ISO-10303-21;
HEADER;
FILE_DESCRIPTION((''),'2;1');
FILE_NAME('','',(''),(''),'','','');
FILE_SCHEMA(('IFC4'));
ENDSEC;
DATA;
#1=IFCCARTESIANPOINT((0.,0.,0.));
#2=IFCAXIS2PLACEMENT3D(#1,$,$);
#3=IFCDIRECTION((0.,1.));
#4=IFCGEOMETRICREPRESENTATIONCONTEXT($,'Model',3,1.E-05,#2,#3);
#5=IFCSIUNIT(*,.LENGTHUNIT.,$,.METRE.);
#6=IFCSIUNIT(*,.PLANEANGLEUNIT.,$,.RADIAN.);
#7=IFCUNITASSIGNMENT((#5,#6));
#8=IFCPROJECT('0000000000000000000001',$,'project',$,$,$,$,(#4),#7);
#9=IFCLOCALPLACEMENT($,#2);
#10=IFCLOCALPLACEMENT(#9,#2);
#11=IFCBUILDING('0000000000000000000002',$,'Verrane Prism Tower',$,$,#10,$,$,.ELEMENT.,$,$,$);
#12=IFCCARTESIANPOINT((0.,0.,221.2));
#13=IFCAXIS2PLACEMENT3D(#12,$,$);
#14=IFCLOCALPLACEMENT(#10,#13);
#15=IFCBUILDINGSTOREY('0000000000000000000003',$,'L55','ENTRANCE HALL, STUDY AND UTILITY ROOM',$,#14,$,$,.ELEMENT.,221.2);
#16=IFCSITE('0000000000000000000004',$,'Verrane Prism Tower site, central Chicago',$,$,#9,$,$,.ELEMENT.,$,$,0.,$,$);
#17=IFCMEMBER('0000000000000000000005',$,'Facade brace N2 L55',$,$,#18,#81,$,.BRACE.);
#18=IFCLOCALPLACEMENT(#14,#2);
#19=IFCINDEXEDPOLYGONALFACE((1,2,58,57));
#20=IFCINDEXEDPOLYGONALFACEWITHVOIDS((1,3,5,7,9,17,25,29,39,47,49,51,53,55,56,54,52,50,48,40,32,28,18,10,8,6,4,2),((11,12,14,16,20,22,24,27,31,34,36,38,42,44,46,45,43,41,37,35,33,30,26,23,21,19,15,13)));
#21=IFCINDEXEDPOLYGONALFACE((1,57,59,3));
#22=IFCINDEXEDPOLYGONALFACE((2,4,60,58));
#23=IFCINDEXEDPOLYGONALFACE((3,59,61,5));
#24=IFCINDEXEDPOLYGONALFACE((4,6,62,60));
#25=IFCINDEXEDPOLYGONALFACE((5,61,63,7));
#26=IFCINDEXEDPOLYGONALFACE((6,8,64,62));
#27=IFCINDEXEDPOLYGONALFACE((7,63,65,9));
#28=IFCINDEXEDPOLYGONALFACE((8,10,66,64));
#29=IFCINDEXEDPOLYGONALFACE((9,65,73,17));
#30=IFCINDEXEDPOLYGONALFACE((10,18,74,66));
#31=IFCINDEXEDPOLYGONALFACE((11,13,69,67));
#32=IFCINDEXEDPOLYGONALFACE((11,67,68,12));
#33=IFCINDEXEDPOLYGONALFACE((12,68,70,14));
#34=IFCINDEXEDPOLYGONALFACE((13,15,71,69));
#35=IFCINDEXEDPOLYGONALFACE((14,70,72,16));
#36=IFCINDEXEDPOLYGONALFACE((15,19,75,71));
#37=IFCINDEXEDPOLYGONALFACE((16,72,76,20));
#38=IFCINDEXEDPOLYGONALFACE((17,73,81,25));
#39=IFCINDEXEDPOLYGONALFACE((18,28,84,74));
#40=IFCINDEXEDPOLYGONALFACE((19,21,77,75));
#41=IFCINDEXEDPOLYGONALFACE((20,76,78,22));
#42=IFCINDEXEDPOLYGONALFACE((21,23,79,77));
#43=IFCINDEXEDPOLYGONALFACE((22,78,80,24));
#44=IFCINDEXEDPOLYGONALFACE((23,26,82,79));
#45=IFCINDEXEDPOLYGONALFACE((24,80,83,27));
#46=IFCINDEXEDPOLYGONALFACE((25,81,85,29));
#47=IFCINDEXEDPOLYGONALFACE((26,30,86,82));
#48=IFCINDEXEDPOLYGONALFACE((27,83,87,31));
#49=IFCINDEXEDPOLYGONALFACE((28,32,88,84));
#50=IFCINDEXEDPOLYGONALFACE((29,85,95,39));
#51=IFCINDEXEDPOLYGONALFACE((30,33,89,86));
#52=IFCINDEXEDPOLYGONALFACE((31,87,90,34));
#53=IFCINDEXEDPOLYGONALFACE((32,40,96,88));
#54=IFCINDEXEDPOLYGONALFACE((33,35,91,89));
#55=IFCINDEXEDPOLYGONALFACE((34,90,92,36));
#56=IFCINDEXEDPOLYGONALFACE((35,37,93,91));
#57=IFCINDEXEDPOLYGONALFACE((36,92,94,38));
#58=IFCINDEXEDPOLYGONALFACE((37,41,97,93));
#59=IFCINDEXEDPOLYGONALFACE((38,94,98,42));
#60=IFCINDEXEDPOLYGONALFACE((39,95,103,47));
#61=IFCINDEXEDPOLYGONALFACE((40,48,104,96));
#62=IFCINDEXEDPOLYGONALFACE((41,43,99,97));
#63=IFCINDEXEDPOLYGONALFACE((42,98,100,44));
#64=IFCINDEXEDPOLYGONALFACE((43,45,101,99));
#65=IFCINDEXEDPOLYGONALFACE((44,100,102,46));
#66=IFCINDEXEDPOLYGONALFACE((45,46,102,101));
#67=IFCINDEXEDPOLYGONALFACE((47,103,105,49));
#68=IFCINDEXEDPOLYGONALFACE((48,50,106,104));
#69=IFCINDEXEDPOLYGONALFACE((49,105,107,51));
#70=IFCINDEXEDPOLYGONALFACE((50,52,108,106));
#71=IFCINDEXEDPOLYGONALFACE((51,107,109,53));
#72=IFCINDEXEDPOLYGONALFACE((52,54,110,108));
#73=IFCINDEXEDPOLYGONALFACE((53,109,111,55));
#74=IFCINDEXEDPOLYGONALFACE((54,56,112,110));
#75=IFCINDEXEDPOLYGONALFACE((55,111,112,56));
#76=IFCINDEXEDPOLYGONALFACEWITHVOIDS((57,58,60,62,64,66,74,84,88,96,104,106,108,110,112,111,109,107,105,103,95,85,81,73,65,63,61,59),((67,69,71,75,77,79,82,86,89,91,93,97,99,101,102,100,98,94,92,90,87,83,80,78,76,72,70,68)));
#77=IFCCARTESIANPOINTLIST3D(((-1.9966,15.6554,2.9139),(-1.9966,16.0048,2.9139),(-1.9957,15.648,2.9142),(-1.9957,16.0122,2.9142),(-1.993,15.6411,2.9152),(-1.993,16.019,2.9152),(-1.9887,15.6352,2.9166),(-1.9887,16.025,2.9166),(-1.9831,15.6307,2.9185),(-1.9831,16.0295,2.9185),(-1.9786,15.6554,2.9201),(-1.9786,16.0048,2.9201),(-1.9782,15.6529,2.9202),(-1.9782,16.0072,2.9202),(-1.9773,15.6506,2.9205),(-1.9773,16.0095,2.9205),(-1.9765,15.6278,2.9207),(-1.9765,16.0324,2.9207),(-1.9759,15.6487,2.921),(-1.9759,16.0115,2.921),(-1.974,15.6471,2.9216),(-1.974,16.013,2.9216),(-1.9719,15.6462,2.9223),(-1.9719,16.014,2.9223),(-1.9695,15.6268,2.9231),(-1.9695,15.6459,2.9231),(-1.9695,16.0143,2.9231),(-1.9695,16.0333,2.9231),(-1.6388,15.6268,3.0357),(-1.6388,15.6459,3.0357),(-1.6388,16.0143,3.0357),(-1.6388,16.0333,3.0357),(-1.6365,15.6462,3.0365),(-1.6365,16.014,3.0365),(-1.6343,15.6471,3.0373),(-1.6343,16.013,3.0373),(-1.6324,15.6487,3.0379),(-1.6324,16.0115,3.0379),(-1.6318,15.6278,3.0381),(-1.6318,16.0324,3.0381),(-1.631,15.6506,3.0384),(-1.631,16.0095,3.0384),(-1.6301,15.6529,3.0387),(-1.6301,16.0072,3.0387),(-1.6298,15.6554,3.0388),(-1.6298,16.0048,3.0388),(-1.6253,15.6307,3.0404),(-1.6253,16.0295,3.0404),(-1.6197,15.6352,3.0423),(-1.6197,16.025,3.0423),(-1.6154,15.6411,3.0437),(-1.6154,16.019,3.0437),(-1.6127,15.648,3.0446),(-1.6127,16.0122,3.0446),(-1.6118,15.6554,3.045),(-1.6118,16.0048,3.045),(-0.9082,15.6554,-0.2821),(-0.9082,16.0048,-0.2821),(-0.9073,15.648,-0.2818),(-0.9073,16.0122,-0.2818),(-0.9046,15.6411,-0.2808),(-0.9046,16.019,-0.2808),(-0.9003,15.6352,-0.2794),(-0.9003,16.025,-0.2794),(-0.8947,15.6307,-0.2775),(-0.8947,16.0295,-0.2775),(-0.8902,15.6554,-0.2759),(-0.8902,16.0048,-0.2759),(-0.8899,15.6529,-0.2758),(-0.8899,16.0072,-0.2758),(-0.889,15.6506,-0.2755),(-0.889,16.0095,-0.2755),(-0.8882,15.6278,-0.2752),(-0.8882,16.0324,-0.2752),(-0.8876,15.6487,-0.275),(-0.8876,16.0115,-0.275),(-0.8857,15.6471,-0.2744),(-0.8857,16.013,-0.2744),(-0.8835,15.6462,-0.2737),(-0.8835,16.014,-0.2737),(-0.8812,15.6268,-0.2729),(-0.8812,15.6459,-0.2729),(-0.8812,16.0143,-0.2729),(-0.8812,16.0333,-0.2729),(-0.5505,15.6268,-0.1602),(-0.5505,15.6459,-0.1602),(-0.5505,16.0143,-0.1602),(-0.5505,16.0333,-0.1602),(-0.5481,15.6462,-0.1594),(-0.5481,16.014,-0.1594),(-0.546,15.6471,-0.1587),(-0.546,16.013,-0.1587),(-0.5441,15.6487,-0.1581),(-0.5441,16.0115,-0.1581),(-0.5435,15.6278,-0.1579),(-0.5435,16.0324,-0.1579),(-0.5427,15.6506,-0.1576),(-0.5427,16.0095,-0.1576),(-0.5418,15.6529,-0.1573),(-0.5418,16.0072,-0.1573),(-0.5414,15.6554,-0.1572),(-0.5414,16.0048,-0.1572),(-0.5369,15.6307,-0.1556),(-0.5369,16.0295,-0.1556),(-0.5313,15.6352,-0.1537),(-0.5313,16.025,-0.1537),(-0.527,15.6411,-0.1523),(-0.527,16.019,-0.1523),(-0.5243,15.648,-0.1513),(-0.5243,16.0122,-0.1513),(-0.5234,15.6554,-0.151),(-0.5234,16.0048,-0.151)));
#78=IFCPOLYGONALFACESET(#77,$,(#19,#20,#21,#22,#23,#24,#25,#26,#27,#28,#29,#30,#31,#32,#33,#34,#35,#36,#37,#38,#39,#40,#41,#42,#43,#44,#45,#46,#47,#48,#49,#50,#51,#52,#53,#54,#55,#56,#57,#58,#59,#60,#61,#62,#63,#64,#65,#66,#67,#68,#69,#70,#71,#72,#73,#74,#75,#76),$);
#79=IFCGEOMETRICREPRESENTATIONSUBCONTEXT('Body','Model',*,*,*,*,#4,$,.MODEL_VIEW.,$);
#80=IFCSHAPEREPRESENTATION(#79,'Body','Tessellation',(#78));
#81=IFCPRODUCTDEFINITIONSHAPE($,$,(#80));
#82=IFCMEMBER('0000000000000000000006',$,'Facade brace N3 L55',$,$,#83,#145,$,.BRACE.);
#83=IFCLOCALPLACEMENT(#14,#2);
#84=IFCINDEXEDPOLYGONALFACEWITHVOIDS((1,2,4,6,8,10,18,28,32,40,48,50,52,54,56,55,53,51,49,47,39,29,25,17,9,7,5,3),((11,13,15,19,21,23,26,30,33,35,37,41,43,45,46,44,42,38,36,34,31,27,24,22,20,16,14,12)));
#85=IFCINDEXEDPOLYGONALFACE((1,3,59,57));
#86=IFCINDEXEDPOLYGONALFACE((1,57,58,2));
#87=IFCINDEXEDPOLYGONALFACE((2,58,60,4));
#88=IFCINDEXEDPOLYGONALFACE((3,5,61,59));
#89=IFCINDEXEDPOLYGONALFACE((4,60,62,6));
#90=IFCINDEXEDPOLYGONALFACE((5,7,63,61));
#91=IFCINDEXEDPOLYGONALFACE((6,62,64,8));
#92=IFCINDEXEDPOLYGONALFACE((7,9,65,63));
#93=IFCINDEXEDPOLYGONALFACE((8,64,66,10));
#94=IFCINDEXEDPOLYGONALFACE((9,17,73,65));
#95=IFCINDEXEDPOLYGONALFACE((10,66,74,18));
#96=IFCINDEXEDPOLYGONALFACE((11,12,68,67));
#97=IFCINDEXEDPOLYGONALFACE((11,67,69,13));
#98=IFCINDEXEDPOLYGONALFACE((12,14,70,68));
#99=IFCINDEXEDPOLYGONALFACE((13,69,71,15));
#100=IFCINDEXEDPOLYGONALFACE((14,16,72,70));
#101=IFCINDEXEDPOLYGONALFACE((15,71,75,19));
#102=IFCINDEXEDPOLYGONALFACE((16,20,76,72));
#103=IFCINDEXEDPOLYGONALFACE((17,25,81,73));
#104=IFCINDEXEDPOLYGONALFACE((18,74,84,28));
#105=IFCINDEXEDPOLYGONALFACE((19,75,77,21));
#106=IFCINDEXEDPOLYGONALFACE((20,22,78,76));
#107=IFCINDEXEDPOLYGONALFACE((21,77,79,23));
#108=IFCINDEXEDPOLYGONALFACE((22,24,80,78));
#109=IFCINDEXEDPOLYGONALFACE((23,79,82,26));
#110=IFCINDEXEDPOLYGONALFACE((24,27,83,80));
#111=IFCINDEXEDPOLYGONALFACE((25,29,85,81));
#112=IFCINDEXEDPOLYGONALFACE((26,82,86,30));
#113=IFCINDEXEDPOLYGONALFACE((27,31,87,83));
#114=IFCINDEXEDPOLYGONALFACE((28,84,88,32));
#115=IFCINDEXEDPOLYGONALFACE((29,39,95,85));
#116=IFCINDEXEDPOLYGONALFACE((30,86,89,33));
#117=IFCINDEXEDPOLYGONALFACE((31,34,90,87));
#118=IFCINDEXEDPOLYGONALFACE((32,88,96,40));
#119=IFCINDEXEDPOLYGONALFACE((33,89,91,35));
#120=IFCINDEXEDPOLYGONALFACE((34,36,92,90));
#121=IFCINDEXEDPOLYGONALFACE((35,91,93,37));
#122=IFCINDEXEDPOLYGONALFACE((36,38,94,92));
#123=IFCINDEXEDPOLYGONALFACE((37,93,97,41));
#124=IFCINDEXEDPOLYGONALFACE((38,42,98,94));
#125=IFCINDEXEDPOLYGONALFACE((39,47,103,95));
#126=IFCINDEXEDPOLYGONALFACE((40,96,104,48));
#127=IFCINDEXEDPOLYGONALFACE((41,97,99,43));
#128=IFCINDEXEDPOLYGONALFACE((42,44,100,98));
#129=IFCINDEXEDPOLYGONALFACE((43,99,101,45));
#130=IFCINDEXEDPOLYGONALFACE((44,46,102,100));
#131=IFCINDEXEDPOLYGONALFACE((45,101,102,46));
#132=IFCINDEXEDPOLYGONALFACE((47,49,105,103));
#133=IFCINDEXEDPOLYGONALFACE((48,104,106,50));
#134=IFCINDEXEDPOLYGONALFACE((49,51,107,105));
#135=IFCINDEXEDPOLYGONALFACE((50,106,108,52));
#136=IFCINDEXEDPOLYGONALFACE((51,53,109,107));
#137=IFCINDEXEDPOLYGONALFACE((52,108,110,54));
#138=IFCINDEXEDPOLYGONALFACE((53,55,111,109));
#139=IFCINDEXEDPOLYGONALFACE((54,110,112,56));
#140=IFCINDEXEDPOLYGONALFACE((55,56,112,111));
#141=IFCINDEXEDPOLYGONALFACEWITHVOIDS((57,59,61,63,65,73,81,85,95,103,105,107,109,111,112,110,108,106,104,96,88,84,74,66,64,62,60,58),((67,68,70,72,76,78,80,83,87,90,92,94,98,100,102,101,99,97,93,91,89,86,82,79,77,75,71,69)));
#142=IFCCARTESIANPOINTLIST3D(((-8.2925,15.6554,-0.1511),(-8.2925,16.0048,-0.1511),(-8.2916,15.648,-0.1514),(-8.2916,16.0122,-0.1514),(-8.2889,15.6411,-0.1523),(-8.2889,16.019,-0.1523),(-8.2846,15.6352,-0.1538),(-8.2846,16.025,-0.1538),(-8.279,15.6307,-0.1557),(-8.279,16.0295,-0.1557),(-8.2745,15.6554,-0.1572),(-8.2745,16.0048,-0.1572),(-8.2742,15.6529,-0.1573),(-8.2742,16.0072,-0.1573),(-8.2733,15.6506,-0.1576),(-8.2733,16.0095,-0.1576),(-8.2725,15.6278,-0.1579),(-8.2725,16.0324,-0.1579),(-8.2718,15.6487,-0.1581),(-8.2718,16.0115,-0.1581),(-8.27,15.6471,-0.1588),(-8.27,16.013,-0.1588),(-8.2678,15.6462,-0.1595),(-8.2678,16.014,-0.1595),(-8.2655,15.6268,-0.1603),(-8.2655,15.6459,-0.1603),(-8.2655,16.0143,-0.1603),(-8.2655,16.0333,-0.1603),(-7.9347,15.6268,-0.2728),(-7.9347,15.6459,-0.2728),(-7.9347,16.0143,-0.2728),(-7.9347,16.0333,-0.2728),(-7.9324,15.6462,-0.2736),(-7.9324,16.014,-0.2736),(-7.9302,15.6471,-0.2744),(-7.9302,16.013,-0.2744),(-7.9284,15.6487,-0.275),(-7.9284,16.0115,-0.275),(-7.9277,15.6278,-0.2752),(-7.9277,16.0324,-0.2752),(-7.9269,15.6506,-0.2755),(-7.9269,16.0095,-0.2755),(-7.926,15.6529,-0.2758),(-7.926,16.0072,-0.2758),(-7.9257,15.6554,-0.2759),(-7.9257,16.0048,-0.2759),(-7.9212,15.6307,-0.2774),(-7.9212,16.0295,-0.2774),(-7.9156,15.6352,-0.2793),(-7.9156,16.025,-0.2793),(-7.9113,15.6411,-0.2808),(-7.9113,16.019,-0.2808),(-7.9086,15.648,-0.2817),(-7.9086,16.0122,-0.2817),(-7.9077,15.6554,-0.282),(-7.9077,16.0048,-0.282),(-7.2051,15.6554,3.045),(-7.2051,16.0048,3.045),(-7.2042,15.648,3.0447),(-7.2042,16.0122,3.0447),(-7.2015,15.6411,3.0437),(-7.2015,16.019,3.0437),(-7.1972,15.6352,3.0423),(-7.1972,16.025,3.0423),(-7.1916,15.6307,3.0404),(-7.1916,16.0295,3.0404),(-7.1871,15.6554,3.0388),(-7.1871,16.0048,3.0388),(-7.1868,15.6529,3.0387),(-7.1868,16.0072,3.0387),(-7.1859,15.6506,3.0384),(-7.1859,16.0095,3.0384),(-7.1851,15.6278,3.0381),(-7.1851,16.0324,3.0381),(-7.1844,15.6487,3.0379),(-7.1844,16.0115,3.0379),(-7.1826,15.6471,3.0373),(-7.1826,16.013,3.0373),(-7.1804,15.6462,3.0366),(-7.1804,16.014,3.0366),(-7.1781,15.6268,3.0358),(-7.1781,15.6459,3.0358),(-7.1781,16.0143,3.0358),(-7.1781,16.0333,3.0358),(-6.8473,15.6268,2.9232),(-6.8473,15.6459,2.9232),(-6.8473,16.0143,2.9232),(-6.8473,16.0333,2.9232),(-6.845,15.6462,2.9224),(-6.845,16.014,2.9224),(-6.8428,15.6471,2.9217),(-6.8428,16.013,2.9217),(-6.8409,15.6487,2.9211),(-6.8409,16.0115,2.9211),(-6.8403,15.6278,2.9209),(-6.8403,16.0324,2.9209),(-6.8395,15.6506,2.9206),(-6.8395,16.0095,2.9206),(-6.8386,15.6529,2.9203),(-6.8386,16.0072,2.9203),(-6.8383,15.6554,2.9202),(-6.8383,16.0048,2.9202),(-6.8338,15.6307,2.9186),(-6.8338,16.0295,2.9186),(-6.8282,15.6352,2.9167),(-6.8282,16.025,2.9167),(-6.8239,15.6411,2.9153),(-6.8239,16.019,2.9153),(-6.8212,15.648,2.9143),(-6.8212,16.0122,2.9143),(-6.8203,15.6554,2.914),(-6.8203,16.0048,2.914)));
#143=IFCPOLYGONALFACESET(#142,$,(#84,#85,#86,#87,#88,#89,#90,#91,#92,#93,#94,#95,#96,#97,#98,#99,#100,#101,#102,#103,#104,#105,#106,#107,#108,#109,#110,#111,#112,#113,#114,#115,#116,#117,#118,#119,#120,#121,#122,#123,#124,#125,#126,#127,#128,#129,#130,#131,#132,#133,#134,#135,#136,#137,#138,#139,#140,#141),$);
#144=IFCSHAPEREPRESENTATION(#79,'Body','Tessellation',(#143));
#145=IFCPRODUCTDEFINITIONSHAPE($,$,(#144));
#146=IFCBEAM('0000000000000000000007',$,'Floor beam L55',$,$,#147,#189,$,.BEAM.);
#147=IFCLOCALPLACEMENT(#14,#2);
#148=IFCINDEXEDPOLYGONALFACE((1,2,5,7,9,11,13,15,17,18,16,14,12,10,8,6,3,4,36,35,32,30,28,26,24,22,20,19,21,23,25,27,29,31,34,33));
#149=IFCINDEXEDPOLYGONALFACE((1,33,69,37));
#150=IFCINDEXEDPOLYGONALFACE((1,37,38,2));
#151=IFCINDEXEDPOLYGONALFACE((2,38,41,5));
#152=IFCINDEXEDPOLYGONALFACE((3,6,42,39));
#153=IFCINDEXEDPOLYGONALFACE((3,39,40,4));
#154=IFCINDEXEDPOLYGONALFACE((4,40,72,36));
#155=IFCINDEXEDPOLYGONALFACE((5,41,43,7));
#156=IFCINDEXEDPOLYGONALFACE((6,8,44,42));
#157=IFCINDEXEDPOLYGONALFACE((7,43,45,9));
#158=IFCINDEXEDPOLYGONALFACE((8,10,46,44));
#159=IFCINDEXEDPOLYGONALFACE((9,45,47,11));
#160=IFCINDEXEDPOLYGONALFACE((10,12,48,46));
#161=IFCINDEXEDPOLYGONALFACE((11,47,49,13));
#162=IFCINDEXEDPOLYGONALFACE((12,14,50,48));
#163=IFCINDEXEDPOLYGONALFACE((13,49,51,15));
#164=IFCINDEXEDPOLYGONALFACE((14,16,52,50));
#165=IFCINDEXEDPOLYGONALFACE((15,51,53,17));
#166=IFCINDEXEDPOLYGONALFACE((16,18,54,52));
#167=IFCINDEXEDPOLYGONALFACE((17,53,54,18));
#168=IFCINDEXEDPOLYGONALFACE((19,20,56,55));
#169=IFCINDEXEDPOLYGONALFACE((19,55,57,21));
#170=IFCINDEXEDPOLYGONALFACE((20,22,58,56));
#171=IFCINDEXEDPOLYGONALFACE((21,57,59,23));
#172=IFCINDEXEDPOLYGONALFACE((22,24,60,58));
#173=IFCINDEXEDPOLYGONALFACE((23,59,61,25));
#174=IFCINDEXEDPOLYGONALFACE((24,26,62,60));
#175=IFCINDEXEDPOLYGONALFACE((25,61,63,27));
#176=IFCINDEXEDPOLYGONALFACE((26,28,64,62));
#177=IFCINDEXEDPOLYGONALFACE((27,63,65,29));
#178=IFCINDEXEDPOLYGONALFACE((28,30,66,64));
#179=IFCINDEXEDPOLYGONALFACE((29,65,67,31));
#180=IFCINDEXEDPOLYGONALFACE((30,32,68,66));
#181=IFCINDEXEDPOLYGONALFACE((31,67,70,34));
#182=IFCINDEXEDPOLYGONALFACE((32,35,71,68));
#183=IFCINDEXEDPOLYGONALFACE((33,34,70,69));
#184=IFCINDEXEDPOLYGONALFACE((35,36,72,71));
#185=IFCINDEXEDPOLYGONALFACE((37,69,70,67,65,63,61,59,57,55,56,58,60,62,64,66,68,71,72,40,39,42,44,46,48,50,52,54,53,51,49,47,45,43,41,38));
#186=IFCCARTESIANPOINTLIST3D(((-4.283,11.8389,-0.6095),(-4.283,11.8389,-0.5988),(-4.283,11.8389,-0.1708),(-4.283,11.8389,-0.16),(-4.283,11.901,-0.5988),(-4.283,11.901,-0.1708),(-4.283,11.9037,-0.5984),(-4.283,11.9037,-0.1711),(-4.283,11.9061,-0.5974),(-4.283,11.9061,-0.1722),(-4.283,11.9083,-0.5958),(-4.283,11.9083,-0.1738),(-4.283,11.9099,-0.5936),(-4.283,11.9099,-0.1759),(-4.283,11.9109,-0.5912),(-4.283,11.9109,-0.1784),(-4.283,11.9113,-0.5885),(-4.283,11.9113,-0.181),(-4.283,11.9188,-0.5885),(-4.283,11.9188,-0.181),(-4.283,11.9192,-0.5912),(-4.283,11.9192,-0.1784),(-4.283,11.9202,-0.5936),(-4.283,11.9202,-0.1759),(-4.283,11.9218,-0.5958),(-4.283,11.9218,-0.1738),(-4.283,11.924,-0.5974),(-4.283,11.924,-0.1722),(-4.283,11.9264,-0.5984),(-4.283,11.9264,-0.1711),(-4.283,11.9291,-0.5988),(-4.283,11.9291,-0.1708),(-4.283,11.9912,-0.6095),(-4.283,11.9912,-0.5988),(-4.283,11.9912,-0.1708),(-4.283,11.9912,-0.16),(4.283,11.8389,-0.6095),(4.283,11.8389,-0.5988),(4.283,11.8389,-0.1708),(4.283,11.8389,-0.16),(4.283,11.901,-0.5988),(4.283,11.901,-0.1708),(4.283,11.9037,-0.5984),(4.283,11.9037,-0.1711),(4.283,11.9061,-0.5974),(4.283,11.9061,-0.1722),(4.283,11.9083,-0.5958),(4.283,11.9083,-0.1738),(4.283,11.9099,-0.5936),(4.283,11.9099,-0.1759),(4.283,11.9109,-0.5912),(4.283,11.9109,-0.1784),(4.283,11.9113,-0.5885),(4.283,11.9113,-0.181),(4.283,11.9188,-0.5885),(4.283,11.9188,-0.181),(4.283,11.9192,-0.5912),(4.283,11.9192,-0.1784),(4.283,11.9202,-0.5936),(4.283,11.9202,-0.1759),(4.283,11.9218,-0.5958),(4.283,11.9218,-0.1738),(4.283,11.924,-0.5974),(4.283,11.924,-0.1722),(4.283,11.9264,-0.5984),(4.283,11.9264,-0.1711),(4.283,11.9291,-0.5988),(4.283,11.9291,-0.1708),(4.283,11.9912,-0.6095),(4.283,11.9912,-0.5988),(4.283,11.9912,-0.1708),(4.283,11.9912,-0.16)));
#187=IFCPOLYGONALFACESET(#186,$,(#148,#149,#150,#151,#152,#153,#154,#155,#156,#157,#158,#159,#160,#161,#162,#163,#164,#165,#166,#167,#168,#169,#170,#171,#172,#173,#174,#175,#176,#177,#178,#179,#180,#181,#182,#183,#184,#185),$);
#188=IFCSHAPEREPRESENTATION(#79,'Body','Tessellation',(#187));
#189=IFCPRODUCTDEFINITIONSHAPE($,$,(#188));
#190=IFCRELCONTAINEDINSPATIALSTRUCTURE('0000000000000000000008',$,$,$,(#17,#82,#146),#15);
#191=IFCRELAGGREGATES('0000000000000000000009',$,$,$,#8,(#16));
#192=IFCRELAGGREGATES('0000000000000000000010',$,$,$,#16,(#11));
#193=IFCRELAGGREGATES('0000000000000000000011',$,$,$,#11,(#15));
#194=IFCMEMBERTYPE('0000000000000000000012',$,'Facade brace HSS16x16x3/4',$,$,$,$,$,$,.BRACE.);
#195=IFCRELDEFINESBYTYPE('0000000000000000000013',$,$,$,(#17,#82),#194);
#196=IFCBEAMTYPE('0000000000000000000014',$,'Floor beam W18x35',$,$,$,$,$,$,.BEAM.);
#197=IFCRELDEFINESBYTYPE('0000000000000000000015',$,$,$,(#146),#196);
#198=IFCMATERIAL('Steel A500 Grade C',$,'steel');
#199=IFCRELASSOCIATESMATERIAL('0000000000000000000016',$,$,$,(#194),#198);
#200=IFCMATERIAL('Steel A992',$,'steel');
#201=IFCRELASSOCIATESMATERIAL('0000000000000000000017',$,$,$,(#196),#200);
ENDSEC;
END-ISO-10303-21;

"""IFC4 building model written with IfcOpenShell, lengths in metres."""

from ifc_helpers import new_model, si_unit, direction, frame, origin, origin_2d, place, context, subcontext, project, spatial, hollow_rectangle, i_section, extrude, material, material_profile, profile_set, type_object, element, save


model = new_model("IFC4")

# Units and contexts
model_context = context("Model", 3, precision=1e-05, world=origin(), true_north=direction((0.0, 1.0)))
body_context = subcontext(model_context, "Body", "Model", "MODEL_VIEW")
ifc_project = project(units=[si_unit("LENGTHUNIT", "METRE"), si_unit("PLANEANGLEUNIT", "RADIAN")], contexts=[model_context])

# Site, building, storey
site_placement = place(None, origin())
site = spatial("IfcSite", under=ifc_project, at=site_placement, Name="Verrane Prism Tower site, central Chicago", CompositionType="ELEMENT", RefElevation=0.0)
building_placement = place(site_placement, origin())
building = spatial("IfcBuilding", under=site, at=building_placement, Name="Verrane Prism Tower", CompositionType="ELEMENT")
storey_placement = place(building_placement, frame((0.0, 0.0, 221.2)))
storey = spatial("IfcBuildingStorey", under=building, at=storey_placement, Name="L55", Description="ENTRANCE HALL, STUDY AND UTILITY ROOM", CompositionType="ELEMENT", Elevation=221.2)

# Members
ifc_material_1 = material(Name="Steel A500 Grade C", Category="steel")
ifc_material_profile_1 = material_profile(ifc_material_1, hollow_rectangle(XDim=0.4065, YDim=0.4065, WallThickness=0.019, InnerFilletRadius=0.0095, OuterFilletRadius=0.0286, at=origin_2d()), Name="HSS16x16x3/4")
ifc_profile_set_1 = profile_set([ifc_material_profile_1], Name="Steel A500 Grade C")
member_type_1 = type_object("IfcMemberType", Name="Facade brace HSS16x16x3/4", PredefinedType="BRACE", material=ifc_profile_set_1)
member_1_placement = place(storey_placement, frame((-0.7158, 15.8301, -0.2166), z_axis=(-0.32236, 0.0, 0.946617), x_axis=(0.0, -1.0, 0.0)))
element("IfcMember", 1, at=member_1_placement, inside=storey, type_object=member_type_1, Name="Facade brace N2 L55", PredefinedType="BRACE", context=body_context, shape_type="SweptSolid", body=[
    extrude(hollow_rectangle(XDim=0.4065, YDim=0.4065, WallThickness=0.019, InnerFilletRadius=0.0095, OuterFilletRadius=0.0286, at=origin_2d()), origin(), (0.0, 0.0, 1.0), 3.3762),
])
member_2_placement = place(storey_placement, frame((-8.1001, 15.8301, -0.2166), z_axis=(0.322101, 0.0, 0.946705), x_axis=(0.0, 1.0, 0.0)))
element("IfcMember", 2, at=member_2_placement, inside=storey, type_object=member_type_1, Name="Facade brace N3 L55", PredefinedType="BRACE", context=body_context, shape_type="SweptSolid", body=[
    extrude(hollow_rectangle(XDim=0.4065, YDim=0.4065, WallThickness=0.019, InnerFilletRadius=0.0095, OuterFilletRadius=0.0286, at=origin_2d()), origin(), (0.0, 0.0, 1.0), 3.376),
])

# Beam
ifc_material_2 = material(Name="Steel A992", Category="steel")
ifc_material_profile_2 = material_profile(ifc_material_2, i_section(OverallWidth=0.1523, OverallDepth=0.4495, WebThickness=0.0076, FlangeThickness=0.0107, FilletRadius=0.0103, at=origin_2d()), Name="W18x35")
ifc_profile_set_2 = profile_set([ifc_material_profile_2], Name="Steel A992")
beam_type_1 = type_object("IfcBeamType", Name="Floor beam W18x35", PredefinedType="BEAM", material=ifc_profile_set_2)
beam_1_placement = place(storey_placement, frame((-4.283, 11.915, -0.3848), z_axis=(1.0, 0.0, 0.0), x_axis=(0.0, 1.0, 0.0)))
element("IfcBeam", 3, at=beam_1_placement, inside=storey, type_object=beam_type_1, Name="Floor beam L55", PredefinedType="BEAM", context=body_context, shape_type="SweptSolid", body=[
    extrude(i_section(OverallWidth=0.1523, OverallDepth=0.4495, WebThickness=0.0076, FlangeThickness=0.0107, FilletRadius=0.0103, at=origin_2d()), origin(), (0.0, 0.0, 1.0), 8.5659),
])

save(model, "model.ifc")
